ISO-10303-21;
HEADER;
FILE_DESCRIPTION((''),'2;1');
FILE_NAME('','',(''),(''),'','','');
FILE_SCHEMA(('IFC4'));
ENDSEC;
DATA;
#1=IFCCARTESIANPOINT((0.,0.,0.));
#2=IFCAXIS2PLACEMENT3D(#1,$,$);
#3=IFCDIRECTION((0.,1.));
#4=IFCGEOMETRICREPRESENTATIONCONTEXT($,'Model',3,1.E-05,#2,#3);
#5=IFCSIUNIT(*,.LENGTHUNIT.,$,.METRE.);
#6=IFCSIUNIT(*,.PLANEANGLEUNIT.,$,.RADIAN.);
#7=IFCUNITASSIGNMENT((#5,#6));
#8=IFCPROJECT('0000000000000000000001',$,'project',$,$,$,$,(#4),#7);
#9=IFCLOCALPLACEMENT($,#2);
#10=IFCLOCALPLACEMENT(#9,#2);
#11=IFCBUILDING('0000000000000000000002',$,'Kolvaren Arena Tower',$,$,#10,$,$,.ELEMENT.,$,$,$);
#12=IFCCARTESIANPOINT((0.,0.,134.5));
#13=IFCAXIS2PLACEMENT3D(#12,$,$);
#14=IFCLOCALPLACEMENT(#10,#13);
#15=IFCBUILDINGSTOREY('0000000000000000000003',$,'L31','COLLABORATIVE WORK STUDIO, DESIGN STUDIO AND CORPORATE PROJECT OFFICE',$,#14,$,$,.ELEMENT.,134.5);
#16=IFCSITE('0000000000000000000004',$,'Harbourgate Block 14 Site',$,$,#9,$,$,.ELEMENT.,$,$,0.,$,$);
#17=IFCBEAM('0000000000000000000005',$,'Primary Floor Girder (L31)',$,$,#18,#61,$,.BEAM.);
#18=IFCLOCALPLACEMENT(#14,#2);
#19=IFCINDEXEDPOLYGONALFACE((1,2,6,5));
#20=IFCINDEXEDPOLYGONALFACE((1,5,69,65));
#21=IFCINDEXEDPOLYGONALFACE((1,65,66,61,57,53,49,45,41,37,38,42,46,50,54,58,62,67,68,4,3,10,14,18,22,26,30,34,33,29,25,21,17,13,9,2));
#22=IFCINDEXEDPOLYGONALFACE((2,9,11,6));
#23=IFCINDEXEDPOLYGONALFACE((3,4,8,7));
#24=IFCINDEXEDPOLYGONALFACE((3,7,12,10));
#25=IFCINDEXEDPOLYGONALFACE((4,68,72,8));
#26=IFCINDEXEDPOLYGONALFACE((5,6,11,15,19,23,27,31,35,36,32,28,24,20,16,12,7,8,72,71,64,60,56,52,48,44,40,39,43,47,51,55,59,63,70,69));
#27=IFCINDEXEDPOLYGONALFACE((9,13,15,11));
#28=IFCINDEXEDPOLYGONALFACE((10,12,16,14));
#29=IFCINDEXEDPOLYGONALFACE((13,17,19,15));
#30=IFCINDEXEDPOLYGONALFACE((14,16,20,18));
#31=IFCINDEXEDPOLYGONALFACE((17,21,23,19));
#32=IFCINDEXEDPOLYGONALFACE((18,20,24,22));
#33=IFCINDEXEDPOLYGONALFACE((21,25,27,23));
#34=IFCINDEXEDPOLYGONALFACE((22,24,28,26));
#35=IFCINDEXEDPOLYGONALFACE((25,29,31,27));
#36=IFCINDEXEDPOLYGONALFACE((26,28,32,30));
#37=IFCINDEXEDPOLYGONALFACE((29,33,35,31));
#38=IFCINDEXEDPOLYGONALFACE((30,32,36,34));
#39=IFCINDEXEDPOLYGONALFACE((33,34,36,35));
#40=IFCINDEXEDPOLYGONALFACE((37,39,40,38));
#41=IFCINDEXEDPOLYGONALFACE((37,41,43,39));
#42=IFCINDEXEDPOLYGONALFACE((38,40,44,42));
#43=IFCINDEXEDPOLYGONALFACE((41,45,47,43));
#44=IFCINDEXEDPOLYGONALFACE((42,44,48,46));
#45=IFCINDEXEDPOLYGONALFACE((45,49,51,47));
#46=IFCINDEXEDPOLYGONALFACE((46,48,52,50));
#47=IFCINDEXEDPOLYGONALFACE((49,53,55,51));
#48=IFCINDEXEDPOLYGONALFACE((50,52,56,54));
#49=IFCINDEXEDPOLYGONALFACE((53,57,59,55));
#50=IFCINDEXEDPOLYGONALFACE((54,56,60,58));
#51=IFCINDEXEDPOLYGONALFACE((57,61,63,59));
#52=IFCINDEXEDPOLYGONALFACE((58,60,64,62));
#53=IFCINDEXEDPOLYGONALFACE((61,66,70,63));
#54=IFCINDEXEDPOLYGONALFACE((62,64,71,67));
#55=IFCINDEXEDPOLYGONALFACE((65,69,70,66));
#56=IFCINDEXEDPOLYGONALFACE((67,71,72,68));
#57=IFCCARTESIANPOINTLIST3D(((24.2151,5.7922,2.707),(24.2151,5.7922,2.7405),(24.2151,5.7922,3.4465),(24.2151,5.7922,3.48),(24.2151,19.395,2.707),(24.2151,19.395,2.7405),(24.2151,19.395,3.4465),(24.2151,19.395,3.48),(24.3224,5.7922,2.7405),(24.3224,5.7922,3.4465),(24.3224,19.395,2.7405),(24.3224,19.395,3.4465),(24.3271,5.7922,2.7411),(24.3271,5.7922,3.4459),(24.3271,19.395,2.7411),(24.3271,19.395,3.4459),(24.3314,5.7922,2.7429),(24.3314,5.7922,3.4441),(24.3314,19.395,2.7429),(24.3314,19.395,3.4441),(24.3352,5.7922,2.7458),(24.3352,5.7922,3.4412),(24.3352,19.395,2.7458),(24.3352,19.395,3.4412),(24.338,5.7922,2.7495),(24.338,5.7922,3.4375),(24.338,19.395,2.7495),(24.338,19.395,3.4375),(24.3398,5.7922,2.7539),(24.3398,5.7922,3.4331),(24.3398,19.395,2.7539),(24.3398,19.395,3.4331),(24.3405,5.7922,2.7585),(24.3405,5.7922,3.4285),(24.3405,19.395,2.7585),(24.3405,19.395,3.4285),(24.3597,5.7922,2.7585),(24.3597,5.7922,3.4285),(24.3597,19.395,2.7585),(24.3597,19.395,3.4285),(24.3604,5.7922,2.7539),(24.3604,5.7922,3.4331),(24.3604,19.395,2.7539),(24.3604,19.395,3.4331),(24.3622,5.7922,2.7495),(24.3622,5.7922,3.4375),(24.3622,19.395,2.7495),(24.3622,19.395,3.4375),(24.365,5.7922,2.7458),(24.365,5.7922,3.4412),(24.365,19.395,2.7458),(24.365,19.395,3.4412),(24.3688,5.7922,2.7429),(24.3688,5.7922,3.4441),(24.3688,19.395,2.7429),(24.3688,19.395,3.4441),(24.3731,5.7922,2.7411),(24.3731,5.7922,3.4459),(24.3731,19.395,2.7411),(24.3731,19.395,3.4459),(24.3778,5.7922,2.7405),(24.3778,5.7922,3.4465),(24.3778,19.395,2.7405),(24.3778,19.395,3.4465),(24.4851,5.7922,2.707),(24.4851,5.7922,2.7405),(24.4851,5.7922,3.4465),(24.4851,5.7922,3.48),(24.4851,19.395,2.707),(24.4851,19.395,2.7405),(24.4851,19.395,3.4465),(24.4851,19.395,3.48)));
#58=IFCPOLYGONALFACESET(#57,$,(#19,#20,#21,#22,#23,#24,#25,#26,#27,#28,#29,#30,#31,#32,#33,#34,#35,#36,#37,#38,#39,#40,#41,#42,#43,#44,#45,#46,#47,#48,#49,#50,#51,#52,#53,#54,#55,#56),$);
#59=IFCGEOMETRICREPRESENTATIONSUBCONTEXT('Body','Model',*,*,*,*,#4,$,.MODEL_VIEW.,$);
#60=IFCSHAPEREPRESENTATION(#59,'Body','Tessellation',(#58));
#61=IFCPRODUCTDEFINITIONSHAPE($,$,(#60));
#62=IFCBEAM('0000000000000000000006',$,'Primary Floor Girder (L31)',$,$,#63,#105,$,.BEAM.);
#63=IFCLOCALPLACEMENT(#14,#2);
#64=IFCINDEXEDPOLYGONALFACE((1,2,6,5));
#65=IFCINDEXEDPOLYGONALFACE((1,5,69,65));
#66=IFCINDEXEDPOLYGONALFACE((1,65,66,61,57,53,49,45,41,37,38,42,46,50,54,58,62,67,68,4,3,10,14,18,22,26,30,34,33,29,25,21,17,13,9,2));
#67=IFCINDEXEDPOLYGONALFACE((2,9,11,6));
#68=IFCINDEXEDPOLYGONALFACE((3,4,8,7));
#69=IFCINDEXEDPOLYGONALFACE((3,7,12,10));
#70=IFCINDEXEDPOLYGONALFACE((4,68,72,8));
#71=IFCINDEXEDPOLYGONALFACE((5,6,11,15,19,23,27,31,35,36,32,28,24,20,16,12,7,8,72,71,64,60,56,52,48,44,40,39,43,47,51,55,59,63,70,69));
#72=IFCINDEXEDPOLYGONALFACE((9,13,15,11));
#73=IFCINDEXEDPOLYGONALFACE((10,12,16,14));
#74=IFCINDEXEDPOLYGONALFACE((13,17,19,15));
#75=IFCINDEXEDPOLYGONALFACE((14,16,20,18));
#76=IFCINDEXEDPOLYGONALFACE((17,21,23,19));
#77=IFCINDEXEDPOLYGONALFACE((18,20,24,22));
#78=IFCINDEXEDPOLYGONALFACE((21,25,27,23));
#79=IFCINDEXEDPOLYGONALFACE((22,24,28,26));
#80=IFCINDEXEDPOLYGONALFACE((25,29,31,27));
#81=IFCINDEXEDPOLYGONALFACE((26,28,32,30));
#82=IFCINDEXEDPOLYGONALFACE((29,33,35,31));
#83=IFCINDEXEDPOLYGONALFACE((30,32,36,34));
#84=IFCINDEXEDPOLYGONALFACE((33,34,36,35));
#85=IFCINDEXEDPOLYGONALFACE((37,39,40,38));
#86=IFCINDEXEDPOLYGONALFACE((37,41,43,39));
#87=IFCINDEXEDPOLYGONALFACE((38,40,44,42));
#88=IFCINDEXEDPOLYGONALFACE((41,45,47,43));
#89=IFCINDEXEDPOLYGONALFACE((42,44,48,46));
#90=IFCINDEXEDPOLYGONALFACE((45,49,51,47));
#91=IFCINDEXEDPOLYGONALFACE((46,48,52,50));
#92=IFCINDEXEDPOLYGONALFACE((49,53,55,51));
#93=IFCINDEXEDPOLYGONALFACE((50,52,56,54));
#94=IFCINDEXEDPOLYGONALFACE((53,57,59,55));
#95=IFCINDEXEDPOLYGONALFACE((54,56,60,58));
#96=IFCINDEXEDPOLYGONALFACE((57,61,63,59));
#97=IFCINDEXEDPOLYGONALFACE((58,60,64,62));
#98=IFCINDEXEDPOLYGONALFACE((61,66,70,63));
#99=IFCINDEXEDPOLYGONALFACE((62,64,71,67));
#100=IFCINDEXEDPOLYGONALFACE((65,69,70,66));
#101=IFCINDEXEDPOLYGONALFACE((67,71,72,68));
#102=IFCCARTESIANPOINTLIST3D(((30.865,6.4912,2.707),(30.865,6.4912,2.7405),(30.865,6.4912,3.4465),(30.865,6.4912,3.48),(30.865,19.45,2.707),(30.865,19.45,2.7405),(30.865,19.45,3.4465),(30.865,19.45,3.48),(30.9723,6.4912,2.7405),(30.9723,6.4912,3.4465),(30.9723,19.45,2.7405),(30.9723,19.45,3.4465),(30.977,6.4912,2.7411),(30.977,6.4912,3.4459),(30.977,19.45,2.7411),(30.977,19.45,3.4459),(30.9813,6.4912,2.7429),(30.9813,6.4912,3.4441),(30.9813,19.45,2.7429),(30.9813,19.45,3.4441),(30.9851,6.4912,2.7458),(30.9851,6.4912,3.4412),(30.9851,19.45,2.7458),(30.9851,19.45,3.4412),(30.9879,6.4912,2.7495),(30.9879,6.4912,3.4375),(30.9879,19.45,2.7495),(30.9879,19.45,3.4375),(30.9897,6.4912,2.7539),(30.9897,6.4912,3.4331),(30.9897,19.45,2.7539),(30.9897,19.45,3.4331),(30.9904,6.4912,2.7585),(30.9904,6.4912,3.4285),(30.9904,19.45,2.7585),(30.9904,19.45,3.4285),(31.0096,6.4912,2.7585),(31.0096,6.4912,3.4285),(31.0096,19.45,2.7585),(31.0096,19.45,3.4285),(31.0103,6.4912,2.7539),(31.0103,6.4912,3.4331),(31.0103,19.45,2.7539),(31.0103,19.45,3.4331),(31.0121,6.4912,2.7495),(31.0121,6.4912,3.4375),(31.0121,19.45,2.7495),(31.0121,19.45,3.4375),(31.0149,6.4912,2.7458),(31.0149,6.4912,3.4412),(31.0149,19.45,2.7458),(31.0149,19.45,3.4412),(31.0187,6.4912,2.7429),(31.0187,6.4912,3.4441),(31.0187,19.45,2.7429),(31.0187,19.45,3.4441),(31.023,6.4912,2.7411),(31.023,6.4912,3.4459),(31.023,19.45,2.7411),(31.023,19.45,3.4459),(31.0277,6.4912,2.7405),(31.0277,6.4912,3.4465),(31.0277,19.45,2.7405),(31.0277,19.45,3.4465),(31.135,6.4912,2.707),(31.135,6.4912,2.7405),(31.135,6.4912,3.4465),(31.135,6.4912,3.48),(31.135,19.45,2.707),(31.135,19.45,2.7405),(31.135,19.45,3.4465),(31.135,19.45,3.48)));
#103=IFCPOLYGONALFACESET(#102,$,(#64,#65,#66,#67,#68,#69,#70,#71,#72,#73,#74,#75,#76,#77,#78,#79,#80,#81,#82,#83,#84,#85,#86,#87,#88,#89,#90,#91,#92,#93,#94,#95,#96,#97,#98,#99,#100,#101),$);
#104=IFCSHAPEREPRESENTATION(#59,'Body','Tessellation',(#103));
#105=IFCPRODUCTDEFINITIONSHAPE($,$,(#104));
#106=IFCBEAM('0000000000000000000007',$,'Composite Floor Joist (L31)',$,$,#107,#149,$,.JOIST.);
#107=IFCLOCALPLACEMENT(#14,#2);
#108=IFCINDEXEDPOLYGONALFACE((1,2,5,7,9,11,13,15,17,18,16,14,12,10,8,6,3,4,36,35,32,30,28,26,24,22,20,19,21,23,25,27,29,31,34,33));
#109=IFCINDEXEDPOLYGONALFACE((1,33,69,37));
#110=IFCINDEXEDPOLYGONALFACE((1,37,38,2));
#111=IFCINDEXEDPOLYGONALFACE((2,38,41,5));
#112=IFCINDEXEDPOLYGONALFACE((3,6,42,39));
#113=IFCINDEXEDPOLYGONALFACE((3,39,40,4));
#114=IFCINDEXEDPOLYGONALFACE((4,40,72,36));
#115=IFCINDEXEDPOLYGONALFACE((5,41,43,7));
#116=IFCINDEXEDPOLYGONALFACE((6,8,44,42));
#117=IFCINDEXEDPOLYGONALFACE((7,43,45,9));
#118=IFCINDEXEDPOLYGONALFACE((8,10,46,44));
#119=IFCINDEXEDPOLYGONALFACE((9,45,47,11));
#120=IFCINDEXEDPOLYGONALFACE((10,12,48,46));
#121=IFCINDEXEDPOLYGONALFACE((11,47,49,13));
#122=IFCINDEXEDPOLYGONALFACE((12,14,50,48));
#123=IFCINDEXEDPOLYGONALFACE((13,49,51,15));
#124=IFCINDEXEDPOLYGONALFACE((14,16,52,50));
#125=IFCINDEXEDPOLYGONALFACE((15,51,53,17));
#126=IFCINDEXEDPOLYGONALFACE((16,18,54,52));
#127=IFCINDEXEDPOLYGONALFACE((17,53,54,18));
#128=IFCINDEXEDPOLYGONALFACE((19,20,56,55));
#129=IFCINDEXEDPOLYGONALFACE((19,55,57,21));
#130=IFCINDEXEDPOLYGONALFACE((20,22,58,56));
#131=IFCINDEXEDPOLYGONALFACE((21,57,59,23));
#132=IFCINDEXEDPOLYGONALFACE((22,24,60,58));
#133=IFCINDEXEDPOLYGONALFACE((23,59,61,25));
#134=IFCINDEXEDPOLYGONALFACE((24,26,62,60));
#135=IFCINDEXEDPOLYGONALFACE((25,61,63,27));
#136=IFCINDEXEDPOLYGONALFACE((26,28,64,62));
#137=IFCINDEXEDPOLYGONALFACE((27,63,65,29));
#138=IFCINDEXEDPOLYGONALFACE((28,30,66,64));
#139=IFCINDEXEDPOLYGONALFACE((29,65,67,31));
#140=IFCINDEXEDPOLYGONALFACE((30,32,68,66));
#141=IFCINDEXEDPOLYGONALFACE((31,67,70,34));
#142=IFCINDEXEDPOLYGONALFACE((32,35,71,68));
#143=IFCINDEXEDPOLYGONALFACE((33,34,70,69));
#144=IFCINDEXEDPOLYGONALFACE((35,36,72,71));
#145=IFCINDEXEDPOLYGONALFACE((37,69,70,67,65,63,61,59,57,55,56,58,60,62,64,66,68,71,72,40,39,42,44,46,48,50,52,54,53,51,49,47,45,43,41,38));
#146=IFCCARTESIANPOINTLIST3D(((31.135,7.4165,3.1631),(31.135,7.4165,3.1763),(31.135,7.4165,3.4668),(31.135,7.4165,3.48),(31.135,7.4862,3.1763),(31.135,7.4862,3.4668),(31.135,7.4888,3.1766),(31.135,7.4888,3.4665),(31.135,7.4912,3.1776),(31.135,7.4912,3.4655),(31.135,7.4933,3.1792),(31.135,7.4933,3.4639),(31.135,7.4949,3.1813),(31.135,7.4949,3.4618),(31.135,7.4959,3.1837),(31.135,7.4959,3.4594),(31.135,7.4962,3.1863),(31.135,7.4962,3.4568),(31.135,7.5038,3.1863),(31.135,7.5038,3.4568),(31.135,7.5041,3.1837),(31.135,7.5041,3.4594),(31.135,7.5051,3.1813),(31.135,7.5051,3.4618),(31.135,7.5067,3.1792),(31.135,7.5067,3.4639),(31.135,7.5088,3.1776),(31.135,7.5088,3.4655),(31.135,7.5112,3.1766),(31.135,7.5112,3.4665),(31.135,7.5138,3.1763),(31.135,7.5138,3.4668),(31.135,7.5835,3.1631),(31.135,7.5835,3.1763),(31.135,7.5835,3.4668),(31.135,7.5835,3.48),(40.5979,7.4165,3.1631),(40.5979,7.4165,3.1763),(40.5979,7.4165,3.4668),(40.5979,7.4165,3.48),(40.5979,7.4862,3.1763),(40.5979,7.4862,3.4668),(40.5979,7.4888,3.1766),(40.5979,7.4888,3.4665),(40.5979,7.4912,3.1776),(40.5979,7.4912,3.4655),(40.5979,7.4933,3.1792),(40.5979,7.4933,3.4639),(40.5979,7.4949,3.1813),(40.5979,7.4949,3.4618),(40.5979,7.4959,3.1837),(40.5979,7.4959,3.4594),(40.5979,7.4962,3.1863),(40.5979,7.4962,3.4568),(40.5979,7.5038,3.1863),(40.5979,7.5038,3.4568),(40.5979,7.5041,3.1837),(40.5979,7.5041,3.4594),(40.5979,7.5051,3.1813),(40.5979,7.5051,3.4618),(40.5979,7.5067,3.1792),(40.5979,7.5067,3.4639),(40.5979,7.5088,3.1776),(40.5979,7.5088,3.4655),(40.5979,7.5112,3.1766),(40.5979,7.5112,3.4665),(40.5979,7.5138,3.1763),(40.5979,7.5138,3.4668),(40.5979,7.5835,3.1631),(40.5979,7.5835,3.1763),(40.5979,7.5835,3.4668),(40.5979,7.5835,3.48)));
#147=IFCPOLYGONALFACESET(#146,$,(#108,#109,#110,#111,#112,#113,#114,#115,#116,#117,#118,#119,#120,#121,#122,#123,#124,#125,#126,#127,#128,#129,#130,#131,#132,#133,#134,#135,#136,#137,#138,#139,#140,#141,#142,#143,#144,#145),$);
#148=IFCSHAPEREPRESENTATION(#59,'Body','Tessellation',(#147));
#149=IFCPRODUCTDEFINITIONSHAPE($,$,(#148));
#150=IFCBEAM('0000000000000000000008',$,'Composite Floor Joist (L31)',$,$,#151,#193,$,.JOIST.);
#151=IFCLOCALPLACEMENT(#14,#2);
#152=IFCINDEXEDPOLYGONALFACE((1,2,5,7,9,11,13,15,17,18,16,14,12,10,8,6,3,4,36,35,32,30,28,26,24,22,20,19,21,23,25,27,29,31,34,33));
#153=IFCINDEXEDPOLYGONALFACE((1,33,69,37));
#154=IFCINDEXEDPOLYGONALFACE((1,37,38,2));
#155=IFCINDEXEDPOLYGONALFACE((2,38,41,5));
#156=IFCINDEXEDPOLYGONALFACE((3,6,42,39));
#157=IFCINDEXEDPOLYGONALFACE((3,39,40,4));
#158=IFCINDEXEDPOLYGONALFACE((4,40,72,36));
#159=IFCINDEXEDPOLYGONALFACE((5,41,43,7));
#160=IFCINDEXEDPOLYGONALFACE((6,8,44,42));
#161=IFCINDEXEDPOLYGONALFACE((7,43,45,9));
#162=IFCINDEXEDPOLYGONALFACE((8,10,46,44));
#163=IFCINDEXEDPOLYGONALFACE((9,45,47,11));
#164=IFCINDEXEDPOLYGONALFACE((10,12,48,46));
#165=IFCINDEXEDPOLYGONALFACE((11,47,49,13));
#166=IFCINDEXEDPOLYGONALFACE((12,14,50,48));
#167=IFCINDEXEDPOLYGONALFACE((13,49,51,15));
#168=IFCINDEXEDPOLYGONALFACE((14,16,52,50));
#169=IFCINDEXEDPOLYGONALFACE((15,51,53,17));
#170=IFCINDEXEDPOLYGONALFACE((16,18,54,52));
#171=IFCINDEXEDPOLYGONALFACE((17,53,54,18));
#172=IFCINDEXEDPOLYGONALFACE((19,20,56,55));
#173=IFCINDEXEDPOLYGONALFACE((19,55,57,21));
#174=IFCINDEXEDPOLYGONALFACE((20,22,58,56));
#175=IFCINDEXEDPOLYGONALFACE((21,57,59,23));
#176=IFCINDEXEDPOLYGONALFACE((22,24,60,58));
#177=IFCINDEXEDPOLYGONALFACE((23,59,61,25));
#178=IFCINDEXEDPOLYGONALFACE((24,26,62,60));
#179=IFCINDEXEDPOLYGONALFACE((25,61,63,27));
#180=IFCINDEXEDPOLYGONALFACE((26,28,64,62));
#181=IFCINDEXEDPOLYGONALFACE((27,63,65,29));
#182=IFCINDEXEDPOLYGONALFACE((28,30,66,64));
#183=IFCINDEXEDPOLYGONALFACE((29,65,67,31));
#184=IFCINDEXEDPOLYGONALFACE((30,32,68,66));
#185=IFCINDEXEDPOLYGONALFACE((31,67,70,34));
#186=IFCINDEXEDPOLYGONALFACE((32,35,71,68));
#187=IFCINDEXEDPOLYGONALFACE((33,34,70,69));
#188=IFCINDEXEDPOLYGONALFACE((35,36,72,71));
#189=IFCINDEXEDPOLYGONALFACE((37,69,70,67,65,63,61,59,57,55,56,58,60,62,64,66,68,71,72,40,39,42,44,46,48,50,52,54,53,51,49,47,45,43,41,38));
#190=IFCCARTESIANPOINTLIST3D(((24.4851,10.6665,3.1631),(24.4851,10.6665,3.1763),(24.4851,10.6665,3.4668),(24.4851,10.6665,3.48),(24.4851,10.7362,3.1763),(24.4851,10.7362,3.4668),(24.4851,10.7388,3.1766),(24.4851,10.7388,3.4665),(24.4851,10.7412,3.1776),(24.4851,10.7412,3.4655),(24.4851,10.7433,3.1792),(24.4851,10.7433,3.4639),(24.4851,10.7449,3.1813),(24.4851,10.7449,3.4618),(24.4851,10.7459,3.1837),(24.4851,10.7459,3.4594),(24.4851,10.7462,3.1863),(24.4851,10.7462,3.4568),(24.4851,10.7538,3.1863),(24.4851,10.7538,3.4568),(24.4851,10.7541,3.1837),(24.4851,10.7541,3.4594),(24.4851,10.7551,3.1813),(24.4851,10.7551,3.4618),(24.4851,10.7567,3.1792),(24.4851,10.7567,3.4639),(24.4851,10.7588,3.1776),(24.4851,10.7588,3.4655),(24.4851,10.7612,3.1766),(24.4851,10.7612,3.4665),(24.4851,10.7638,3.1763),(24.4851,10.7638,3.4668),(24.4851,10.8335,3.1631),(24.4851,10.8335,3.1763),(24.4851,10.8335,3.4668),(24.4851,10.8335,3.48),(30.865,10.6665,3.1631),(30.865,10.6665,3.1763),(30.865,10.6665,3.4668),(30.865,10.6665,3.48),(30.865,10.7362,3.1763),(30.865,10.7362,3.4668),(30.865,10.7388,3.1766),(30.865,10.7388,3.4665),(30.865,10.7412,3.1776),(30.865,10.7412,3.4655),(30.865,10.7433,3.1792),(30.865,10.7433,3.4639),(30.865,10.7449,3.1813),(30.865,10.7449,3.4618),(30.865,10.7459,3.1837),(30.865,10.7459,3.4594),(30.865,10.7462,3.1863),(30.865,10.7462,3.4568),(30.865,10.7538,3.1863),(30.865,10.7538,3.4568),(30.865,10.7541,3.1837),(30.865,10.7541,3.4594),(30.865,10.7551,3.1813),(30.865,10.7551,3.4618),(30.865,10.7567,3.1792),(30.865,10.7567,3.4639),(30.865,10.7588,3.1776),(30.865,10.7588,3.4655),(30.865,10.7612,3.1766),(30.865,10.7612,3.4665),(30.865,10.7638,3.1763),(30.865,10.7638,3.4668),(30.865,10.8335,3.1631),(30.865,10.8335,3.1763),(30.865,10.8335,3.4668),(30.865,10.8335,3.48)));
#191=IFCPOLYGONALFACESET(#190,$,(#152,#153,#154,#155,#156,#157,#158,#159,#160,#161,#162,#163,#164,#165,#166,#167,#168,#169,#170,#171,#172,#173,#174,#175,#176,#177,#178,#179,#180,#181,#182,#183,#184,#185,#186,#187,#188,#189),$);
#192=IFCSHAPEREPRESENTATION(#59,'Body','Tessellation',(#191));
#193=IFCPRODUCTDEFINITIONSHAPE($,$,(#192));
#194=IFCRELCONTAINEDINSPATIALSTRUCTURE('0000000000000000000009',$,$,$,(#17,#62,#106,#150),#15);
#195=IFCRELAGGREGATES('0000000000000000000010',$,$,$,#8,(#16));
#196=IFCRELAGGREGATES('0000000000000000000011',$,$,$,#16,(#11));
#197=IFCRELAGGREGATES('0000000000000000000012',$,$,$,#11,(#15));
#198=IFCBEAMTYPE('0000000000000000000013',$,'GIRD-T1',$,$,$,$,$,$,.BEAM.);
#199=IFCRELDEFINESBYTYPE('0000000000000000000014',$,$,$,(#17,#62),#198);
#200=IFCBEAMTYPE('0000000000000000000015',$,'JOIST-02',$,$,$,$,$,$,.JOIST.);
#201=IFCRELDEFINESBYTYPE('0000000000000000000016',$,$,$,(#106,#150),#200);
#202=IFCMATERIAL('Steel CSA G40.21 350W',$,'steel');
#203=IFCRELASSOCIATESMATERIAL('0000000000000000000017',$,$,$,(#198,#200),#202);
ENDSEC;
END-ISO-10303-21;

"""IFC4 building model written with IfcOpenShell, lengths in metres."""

from ifc_helpers import new_model, si_unit, direction, frame, origin, origin_2d, place, context, subcontext, project, spatial, i_section, extrude, material, material_profile, profile_set, type_object, element, save


model = new_model("IFC4")

# Units and contexts
model_context = context("Model", 3, precision=1e-05, world=origin(), true_north=direction((0.0, 1.0)))
body_context = subcontext(model_context, "Body", "Model", "MODEL_VIEW")
ifc_project = project(units=[si_unit("LENGTHUNIT", "METRE"), si_unit("PLANEANGLEUNIT", "RADIAN")], contexts=[model_context])

# Site, building, storey
site_placement = place(None, origin())
site = spatial("IfcSite", under=ifc_project, at=site_placement, Name="Harbourgate Block 14 Site", CompositionType="ELEMENT", RefElevation=0.0)
building_placement = place(site_placement, origin())
building = spatial("IfcBuilding", under=site, at=building_placement, Name="Kolvaren Arena Tower", CompositionType="ELEMENT")
storey_placement = place(building_placement, frame((0.0, 0.0, 134.5)))
storey = spatial("IfcBuildingStorey", under=building, at=storey_placement, Name="L31", Description="COLLABORATIVE WORK STUDIO, DESIGN STUDIO AND CORPORATE PROJECT OFFICE", CompositionType="ELEMENT", Elevation=134.5)

# Beams
ifc_material_1 = material(Name="Steel CSA G40.21 350W", Category="steel")
ifc_material_profile_1 = material_profile(ifc_material_1, i_section(OverallWidth=0.27, OverallDepth=0.7729, WebThickness=0.0193, FlangeThickness=0.0334, FilletRadius=0.0181, at=origin_2d()), Name="W760x257")
ifc_profile_set_1 = profile_set([ifc_material_profile_1], Name="Steel CSA G40.21 350W")
beam_type_1 = type_object("IfcBeamType", Name="GIRD-T1", PredefinedType="BEAM", material=ifc_profile_set_1)
beam_1_placement = place(storey_placement, frame((24.3501, 5.7922, 3.0935), z_axis=(0.0, 1.0, 0.0), x_axis=(-1.0, 0.0, 0.0)))
element("IfcBeam", 1, at=beam_1_placement, inside=storey, type_object=beam_type_1, Name="Primary Floor Girder (L31)", PredefinedType="BEAM", context=body_context, shape_type="SweptSolid", body=[
    extrude(i_section(OverallWidth=0.27, OverallDepth=0.7729, WebThickness=0.0193, FlangeThickness=0.0334, FilletRadius=0.0181, at=origin_2d()), origin(), (0.0, 0.0, 1.0), 13.6028),
])
beam_2_placement = place(storey_placement, frame((31.0, 6.4912, 3.0935), z_axis=(0.0, 1.0, 0.0), x_axis=(-1.0, 0.0, 0.0)))
element("IfcBeam", 2, at=beam_2_placement, inside=storey, type_object=beam_type_1, Name="Primary Floor Girder (L31)", PredefinedType="BEAM", context=body_context, shape_type="SweptSolid", body=[
    extrude(i_section(OverallWidth=0.27, OverallDepth=0.7729, WebThickness=0.0193, FlangeThickness=0.0334, FilletRadius=0.0181, at=origin_2d()), origin(), (0.0, 0.0, 1.0), 12.9587),
])
ifc_material_profile_2 = material_profile(ifc_material_1, i_section(OverallWidth=0.167, OverallDepth=0.3169, WebThickness=0.0076, FlangeThickness=0.0132, FilletRadius=0.01, at=origin_2d()), Name="W310x52")
ifc_profile_set_2 = profile_set([ifc_material_profile_2], Name="Steel CSA G40.21 350W")
beam_type_2 = type_object("IfcBeamType", Name="JOIST-02", PredefinedType="JOIST", material=ifc_profile_set_2)
beam_3_placement = place(storey_placement, frame((31.135, 7.5, 3.3215), z_axis=(1.0, 0.0, 0.0), x_axis=(0.0, 1.0, 0.0)))
element("IfcBeam", 3, at=beam_3_placement, inside=storey, type_object=beam_type_2, Name="Composite Floor Joist (L31)", PredefinedType="JOIST", context=body_context, shape_type="SweptSolid", body=[
    extrude(i_section(OverallWidth=0.167, OverallDepth=0.3169, WebThickness=0.0076, FlangeThickness=0.0132, FilletRadius=0.01, at=origin_2d()), origin(), (0.0, 0.0, 1.0), 9.4629),
])
beam_4_placement = place(storey_placement, frame((24.4851, 10.75, 3.3215), z_axis=(1.0, 0.0, 0.0), x_axis=(0.0, 1.0, 0.0)))
element("IfcBeam", 4, at=beam_4_placement, inside=storey, type_object=beam_type_2, Name="Composite Floor Joist (L31)", PredefinedType="JOIST", context=body_context, shape_type="SweptSolid", body=[
    extrude(i_section(OverallWidth=0.167, OverallDepth=0.3169, WebThickness=0.0076, FlangeThickness=0.0132, FilletRadius=0.01, at=origin_2d()), origin(), (0.0, 0.0, 1.0), 6.3799),
])

save(model, "model.ifc")
